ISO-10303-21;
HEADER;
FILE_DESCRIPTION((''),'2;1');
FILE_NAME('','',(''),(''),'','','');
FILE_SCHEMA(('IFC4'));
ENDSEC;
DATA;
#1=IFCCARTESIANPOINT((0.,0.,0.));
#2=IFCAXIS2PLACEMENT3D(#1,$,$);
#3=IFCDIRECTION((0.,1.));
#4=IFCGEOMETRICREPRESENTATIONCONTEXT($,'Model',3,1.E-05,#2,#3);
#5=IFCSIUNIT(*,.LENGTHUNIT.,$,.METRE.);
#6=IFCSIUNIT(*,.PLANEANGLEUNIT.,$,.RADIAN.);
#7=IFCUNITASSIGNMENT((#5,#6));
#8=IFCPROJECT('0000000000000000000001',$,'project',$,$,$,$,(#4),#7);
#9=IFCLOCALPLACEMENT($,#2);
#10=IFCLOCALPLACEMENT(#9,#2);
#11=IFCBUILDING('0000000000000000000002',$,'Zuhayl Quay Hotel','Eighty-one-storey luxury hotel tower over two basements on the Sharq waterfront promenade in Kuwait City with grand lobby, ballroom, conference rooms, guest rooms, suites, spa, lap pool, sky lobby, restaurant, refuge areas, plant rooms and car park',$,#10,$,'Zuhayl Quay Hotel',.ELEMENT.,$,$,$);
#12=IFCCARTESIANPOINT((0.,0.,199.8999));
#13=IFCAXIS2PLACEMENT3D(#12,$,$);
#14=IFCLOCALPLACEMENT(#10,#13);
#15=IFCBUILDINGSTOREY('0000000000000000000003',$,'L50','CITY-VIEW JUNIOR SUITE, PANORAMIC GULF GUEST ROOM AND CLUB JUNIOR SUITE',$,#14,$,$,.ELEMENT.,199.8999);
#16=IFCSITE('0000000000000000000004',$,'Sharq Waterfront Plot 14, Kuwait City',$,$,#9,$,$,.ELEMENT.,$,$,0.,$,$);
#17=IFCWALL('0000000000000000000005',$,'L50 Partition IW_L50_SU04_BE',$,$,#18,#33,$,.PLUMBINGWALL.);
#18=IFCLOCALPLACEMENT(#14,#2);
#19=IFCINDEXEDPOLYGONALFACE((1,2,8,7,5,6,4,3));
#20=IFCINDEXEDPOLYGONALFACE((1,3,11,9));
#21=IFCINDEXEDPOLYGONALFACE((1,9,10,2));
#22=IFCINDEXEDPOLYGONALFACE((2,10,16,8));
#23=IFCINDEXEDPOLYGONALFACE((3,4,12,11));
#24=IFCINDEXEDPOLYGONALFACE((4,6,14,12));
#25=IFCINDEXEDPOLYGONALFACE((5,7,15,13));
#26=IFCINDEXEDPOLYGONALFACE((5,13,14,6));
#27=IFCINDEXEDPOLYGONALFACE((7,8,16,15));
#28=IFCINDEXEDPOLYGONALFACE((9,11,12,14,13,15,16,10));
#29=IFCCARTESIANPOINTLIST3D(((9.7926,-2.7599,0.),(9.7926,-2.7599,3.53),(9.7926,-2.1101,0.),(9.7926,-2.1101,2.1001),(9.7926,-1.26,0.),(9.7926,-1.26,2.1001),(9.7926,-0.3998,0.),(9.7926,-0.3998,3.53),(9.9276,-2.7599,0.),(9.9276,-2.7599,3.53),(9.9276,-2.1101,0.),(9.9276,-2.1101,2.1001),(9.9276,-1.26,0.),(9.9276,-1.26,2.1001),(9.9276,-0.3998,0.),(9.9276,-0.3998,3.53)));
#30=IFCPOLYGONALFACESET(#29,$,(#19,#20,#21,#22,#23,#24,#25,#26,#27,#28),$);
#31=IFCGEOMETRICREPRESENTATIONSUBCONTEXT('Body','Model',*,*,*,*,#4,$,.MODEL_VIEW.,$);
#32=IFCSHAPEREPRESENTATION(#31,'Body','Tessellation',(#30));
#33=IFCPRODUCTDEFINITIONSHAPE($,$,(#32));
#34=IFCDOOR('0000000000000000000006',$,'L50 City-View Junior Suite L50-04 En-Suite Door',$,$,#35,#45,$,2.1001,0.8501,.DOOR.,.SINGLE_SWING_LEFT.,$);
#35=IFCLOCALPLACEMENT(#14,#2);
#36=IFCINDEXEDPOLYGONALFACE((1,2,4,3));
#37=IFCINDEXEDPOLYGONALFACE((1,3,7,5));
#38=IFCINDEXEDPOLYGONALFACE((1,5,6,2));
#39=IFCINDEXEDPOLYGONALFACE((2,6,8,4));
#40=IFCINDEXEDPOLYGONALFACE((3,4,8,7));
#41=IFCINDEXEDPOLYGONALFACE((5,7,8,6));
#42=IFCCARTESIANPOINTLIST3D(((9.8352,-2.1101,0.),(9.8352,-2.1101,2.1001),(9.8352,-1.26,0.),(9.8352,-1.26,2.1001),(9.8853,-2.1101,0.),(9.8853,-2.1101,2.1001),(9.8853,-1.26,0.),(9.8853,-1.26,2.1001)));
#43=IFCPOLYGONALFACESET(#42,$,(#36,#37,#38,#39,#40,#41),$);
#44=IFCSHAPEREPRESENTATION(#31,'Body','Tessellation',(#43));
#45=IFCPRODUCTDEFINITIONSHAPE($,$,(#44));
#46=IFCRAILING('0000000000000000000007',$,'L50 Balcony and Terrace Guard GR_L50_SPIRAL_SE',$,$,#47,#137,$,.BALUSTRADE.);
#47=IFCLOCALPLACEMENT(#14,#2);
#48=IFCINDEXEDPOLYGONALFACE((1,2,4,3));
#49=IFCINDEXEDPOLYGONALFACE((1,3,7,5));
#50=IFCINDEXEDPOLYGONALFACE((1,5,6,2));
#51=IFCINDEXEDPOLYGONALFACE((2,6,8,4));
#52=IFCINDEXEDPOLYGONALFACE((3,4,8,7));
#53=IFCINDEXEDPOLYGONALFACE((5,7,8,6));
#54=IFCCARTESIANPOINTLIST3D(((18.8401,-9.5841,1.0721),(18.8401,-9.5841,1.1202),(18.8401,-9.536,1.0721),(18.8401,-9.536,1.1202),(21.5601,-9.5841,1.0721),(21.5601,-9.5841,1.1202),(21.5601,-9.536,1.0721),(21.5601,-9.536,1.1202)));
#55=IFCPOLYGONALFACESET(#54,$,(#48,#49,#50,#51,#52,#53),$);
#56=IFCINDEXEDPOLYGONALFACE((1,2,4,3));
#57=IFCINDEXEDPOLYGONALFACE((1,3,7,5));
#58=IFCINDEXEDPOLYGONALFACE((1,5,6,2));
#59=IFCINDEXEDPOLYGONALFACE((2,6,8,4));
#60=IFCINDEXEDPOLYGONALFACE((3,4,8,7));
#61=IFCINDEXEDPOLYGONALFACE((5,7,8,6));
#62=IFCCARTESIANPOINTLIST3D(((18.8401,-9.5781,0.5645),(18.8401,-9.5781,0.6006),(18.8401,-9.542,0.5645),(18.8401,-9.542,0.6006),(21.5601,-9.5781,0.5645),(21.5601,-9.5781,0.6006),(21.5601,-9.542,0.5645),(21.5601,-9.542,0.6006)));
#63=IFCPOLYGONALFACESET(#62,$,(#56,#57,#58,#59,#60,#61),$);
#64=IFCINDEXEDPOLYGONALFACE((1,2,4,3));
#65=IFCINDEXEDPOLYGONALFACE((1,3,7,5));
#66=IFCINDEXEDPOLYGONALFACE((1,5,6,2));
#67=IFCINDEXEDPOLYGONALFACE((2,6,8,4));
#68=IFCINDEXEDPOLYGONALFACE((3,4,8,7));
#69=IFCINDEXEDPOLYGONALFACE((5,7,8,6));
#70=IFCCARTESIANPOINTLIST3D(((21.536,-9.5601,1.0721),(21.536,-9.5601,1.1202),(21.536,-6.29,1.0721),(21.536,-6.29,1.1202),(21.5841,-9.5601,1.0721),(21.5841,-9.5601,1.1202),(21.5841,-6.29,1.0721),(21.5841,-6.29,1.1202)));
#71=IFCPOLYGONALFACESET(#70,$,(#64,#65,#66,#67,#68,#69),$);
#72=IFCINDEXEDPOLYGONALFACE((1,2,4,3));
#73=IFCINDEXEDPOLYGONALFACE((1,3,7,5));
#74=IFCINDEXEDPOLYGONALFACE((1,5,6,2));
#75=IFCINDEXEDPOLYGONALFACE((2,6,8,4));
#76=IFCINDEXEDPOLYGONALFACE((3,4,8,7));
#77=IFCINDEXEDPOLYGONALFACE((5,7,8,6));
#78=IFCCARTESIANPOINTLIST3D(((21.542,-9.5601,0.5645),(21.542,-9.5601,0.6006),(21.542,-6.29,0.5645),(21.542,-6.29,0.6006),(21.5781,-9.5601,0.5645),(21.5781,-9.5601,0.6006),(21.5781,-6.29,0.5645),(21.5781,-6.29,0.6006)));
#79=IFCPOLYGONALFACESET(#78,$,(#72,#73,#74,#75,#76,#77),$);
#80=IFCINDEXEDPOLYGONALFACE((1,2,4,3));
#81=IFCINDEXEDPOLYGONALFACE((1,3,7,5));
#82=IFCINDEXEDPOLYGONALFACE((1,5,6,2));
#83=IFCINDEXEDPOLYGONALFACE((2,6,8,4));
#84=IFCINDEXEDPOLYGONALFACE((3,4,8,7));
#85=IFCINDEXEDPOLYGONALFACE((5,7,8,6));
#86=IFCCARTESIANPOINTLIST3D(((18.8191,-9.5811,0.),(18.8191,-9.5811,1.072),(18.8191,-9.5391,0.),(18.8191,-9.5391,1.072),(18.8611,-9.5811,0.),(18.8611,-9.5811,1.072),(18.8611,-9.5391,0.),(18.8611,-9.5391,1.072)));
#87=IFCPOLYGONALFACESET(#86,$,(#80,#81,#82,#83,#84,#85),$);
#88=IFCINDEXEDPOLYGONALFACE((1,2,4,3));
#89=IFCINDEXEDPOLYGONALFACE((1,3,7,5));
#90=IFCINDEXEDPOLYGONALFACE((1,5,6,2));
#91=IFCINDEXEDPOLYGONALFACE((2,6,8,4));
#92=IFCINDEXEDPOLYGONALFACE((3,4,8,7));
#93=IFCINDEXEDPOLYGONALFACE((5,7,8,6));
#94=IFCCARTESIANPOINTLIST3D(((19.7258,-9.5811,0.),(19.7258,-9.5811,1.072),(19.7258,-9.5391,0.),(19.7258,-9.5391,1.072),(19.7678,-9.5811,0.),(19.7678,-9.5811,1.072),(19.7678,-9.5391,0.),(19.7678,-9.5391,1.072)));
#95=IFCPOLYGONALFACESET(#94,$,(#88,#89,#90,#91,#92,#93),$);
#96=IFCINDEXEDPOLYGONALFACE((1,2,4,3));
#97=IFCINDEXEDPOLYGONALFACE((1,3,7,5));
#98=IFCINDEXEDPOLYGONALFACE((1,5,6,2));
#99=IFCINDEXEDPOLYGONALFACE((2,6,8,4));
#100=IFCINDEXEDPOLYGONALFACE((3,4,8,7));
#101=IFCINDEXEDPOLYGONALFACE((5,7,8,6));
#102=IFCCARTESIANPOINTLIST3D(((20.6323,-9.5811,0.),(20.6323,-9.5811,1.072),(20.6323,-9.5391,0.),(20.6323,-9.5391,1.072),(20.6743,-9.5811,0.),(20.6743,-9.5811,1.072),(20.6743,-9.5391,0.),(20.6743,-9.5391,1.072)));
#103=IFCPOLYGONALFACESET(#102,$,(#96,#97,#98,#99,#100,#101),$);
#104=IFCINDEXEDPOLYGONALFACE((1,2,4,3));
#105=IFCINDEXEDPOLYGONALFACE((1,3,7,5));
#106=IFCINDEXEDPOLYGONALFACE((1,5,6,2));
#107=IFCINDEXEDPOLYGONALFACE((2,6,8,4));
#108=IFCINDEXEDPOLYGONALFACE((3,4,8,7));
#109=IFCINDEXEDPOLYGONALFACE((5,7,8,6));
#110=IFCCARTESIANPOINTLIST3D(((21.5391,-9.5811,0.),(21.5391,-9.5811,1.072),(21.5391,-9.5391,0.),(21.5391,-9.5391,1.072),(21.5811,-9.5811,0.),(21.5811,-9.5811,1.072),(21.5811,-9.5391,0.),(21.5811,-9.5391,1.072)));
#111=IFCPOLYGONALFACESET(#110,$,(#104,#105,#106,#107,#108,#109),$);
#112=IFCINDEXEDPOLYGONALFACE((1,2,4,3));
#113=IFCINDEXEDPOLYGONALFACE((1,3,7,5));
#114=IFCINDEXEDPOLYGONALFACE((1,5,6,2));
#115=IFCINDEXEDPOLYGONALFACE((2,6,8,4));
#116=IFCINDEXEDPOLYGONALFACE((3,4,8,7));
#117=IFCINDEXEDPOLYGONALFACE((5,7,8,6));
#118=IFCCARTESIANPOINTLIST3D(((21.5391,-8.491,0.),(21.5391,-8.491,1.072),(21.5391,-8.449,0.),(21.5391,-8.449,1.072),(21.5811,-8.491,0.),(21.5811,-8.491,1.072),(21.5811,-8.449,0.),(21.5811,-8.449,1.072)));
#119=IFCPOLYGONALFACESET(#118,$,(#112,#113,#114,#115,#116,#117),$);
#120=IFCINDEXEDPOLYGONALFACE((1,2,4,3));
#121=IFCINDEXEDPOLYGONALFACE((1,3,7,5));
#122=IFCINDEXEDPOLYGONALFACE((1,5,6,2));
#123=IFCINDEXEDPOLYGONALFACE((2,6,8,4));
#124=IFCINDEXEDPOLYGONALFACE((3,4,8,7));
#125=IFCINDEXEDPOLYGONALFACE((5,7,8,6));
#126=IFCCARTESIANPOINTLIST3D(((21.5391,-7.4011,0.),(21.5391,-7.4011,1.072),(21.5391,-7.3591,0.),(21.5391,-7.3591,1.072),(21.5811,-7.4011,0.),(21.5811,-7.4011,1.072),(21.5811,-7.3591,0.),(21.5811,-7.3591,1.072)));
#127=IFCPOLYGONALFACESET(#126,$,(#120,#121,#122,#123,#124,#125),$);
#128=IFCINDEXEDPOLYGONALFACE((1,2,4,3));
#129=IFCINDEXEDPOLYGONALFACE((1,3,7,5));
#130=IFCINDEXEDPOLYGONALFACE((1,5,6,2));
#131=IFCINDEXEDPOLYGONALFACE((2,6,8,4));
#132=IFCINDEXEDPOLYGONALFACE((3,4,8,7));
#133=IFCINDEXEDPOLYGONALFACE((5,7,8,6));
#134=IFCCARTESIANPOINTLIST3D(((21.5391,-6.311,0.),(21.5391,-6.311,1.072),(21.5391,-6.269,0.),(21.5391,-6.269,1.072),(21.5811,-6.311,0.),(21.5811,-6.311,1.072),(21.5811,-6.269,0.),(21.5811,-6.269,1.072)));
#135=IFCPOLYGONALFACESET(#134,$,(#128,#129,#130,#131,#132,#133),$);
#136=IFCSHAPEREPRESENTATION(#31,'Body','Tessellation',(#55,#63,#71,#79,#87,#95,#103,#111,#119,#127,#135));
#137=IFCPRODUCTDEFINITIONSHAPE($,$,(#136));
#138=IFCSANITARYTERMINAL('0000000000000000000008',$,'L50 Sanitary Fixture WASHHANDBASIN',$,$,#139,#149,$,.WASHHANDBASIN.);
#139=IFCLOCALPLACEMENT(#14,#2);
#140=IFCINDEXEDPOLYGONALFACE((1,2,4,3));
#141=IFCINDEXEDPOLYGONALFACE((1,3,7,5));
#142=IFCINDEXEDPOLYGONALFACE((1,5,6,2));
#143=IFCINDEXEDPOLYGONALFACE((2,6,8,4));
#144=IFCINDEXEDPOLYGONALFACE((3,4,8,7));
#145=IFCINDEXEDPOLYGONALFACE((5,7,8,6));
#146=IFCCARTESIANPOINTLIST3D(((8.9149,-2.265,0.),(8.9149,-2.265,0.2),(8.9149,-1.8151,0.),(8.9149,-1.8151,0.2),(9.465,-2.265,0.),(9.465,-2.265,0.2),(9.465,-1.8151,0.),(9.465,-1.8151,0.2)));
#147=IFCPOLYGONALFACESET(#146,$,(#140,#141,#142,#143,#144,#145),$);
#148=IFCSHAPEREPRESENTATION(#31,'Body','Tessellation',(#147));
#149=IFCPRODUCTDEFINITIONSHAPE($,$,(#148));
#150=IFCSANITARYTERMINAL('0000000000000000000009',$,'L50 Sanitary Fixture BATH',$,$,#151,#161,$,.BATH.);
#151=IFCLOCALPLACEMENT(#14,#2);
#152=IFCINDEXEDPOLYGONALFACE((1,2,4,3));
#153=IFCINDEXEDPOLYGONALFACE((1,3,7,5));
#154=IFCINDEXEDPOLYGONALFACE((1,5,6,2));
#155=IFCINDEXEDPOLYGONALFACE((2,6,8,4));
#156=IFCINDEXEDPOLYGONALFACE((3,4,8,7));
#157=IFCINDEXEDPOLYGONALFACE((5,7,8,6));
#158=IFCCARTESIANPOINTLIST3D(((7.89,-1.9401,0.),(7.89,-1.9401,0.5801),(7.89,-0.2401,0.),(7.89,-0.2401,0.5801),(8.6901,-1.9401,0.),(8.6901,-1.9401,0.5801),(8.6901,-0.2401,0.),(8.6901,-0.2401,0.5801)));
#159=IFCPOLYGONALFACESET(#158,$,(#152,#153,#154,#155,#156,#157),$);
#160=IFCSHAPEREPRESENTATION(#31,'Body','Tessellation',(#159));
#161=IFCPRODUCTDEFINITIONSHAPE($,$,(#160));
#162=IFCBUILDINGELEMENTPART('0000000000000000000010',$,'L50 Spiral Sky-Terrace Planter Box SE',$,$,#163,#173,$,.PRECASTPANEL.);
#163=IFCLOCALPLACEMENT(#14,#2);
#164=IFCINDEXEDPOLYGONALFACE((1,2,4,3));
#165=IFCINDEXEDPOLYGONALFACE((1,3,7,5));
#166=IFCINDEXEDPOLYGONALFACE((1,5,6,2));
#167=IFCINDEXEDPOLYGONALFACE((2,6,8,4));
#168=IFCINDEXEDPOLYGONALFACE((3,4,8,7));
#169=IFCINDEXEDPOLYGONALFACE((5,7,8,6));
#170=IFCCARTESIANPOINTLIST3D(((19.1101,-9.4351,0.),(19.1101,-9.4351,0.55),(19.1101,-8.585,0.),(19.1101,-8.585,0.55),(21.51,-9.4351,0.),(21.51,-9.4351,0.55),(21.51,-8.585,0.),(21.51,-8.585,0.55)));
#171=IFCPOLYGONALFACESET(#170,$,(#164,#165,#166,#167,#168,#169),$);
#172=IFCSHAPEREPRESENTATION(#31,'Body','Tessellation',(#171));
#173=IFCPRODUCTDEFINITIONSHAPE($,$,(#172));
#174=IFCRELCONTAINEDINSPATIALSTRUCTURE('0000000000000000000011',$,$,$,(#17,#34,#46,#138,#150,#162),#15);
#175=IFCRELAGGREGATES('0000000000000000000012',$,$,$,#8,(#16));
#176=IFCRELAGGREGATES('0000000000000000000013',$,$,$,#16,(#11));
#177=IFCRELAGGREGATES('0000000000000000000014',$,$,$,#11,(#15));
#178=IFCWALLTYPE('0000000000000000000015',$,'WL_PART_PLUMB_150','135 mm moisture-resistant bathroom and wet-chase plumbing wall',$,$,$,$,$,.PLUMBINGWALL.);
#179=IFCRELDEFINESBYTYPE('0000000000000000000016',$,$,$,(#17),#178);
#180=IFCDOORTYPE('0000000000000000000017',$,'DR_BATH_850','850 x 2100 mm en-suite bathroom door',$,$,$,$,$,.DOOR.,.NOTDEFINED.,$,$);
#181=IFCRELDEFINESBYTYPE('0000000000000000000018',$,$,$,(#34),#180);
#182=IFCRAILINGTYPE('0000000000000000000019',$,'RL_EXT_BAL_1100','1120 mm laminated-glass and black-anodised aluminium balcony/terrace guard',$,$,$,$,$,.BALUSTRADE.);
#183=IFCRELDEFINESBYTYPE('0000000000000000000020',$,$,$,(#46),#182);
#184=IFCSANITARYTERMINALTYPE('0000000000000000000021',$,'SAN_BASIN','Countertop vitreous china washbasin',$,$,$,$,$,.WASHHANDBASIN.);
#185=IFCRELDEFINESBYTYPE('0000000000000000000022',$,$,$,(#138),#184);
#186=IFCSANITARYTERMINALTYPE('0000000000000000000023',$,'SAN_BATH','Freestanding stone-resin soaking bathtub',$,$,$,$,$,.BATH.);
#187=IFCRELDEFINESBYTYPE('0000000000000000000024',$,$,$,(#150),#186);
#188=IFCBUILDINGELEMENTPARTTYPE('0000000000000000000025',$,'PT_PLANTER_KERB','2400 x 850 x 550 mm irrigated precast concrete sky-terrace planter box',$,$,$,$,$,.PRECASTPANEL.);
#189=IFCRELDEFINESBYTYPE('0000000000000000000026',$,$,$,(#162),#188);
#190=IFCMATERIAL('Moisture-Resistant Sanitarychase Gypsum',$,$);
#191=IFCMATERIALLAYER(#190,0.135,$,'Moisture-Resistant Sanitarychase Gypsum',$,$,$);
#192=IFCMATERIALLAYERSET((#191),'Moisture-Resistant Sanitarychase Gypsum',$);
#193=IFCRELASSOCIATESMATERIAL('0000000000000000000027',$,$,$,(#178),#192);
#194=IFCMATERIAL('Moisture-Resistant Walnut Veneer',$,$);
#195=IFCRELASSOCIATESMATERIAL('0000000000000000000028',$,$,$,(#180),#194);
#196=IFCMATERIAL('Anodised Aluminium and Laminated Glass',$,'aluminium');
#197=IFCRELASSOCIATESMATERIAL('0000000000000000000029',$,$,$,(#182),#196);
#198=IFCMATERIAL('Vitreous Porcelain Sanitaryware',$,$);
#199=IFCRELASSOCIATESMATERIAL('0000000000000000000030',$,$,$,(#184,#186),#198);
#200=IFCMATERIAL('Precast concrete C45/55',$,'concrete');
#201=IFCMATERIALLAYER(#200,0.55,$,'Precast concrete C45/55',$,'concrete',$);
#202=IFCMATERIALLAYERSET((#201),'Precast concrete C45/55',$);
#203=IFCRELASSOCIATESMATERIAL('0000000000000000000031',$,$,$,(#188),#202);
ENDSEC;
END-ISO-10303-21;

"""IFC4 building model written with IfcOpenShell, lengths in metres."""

from ifc_helpers import new_model, si_unit, direction, frame, frame_2d, origin, origin_2d, place, context, subcontext, project, spatial, rectangle, extrude, material, layer, layer_set, type_object, element, fill, save


model = new_model("IFC4")

# Units and contexts
model_context = context("Model", 3, precision=1e-05, world=origin(), true_north=direction((0.0, 1.0)))
body_context = subcontext(model_context, "Body", "Model", "MODEL_VIEW")
ifc_project = project(units=[si_unit("LENGTHUNIT", "METRE"), si_unit("PLANEANGLEUNIT", "RADIAN")], contexts=[model_context])

# Site, building, storey
site_placement = place(None, origin())
site = spatial("IfcSite", under=ifc_project, at=site_placement, Name="Sharq Waterfront Plot 14, Kuwait City", CompositionType="ELEMENT", RefElevation=0.0)
building_placement = place(site_placement, origin())
building = spatial("IfcBuilding", under=site, at=building_placement, Name="Zuhayl Quay Hotel", Description="Eighty-one-storey luxury hotel tower over two basements on the Sharq waterfront promenade in Kuwait City with grand lobby, ballroom, conference rooms, guest rooms, suites, spa, lap pool, sky lobby, restaurant, refuge areas, plant rooms and car park", LongName="Zuhayl Quay Hotel", CompositionType="ELEMENT")
storey_placement = place(building_placement, frame((0.0, 0.0, 199.8999)))
storey = spatial("IfcBuildingStorey", under=building, at=storey_placement, Name="L50", Description="CITY-VIEW JUNIOR SUITE, PANORAMIC GULF GUEST ROOM AND CLUB JUNIOR SUITE", CompositionType="ELEMENT", Elevation=199.8999)

# Shared definitions
ifc_material_1 = material(Name="Precast concrete C45/55", Category="concrete")

# Wall, opening, door
ifc_material_2 = material(Name="Moisture-Resistant Sanitarychase Gypsum")
ifc_layer_1 = layer(ifc_material_2, 0.135, Name="Moisture-Resistant Sanitarychase Gypsum")
ifc_layer_set_1 = layer_set([ifc_layer_1], Name="Moisture-Resistant Sanitarychase Gypsum")
wall_type_1 = type_object("IfcWallType", Name="WL_PART_PLUMB_150", Description="135 mm moisture-resistant bathroom and wet-chase plumbing wall", PredefinedType="PLUMBINGWALL", material=ifc_layer_set_1)
wall_1_placement = place(storey_placement, frame((9.8601, -2.76, 0.0), z_axis=(0.0, 0.0, 1.0), x_axis=(0.0, 1.0, 0.0)))
wall_1 = element("IfcWall", 1, at=wall_1_placement, inside=storey, type_object=wall_type_1, Name="L50 Partition IW_L50_SU04_BE", PredefinedType="PLUMBINGWALL", context=body_context, shape_type="SweptSolid", body=[
    extrude(rectangle(XDim=2.3601, YDim=0.135, at=frame_2d((1.1802, 0.0))), origin(), (0.0, 0.0, 1.0), 3.53),
])
opening_1_placement = place(wall_1_placement, frame((0.6499, 0.0, 0.0)))
opening_1 = element("IfcOpeningElement", 2, at=opening_1_placement, cuts=wall_1, PredefinedType="OPENING", context=body_context, shape_type="SweptSolid", body=[
    extrude(rectangle(XDim=0.8501, YDim=2.1001, at=frame_2d((0.425, 1.05))), frame((0.0, 0.0774, 0.0), z_axis=(0.0, -1.0, 0.0), x_axis=(1.0, 0.0, 0.0)), (0.0, 0.0, 1.0), 0.155),
])
ifc_material_3 = material(Name="Moisture-Resistant Walnut Veneer")
door_type_1 = type_object("IfcDoorType", Name="DR_BATH_850", Description="850 x 2100 mm en-suite bathroom door", OperationType="NOTDEFINED", PredefinedType="DOOR", material=ifc_material_3)
door_1_placement = place(opening_1_placement, origin())
door_1 = element("IfcDoor", 3, at=door_1_placement, inside=storey, type_object=door_type_1, Name="L50 City-View Junior Suite L50-04 En-Suite Door", OperationType="SINGLE_SWING_LEFT", OverallHeight=2.1001, OverallWidth=0.8501, PredefinedType="DOOR", context=body_context, shape_type="SweptSolid", body=[
    extrude(rectangle(XDim=0.8501, YDim=2.1001, at=frame_2d((0.425, 1.05))), frame((0.0, 0.0249, 0.0), z_axis=(0.0, -1.0, 0.0), x_axis=(1.0, 0.0, 0.0)), (0.0, 0.0, 1.0), 0.05),
])
fill(opening_1, door_1)

# Railing
ifc_material_4 = material(Name="Anodised Aluminium and Laminated Glass", Category="aluminium")
railing_type = type_object("IfcRailingType", Name="RL_EXT_BAL_1100", Description="1120 mm laminated-glass and black-anodised aluminium balcony/terrace guard", PredefinedType="BALUSTRADE", material=ifc_material_4)
railing_placement = place(storey_placement, frame((18.8401, -9.5601, 0.0)))
element("IfcRailing", 4, at=railing_placement, inside=storey, type_object=railing_type, Name="L50 Balcony and Terrace Guard GR_L50_SPIRAL_SE", PredefinedType="BALUSTRADE", context=body_context, shape_type="SweptSolid", body=[
    extrude(rectangle(XDim=0.0481, YDim=0.0481, at=origin_2d()), frame((0.0, 0.0, 1.0962), z_axis=(1.0, 0.0, 0.0), x_axis=(0.0, 1.0, 0.0)), (0.0, 0.0, 1.0), 2.72),
    extrude(rectangle(XDim=0.0361, YDim=0.0361, at=origin_2d()), frame((0.0, 0.0, 0.5825), z_axis=(1.0, 0.0, 0.0), x_axis=(0.0, 1.0, 0.0)), (0.0, 0.0, 1.0), 2.72),
    extrude(rectangle(XDim=0.0481, YDim=0.0481, at=origin_2d()), frame((2.72, 0.0, 1.0962), z_axis=(0.0, 1.0, 0.0), x_axis=(-1.0, 0.0, 0.0)), (0.0, 0.0, 1.0), 3.27),
    extrude(rectangle(XDim=0.0361, YDim=0.0361, at=origin_2d()), frame((2.72, 0.0, 0.5825), z_axis=(0.0, 1.0, 0.0), x_axis=(-1.0, 0.0, 0.0)), (0.0, 0.0, 1.0), 3.27),
    extrude(rectangle(XDim=0.042, YDim=0.042, at=origin_2d()), origin(), (0.0, 0.0, 1.0), 1.072),
    extrude(rectangle(XDim=0.042, YDim=0.042, at=origin_2d()), frame((0.9067, 0.0, 0.0)), (0.0, 0.0, 1.0), 1.072),
    extrude(rectangle(XDim=0.042, YDim=0.042, at=origin_2d()), frame((1.8132, 0.0, 0.0)), (0.0, 0.0, 1.0), 1.072),
    extrude(rectangle(XDim=0.042, YDim=0.042, at=origin_2d()), frame((2.72, 0.0, 0.0)), (0.0, 0.0, 1.0), 1.072),
    extrude(rectangle(XDim=0.042, YDim=0.042, at=origin_2d()), frame((2.72, 1.0901, 0.0)), (0.0, 0.0, 1.0), 1.072),
    extrude(rectangle(XDim=0.042, YDim=0.042, at=origin_2d()), frame((2.72, 2.1799, 0.0)), (0.0, 0.0, 1.0), 1.072),
    extrude(rectangle(XDim=0.042, YDim=0.042, at=origin_2d()), frame((2.72, 3.27, 0.0)), (0.0, 0.0, 1.0), 1.072),
])

# Sanitary terminals
ifc_material_5 = material(Name="Vitreous Porcelain Sanitaryware")
sanitary_terminal_type_1 = type_object("IfcSanitaryTerminalType", Name="SAN_BASIN", Description="Countertop vitreous china washbasin", PredefinedType="WASHHANDBASIN", material=ifc_material_5)
sanitary_terminal_1_placement = place(storey_placement, frame((9.1899, -2.04, 0.0), z_axis=(0.0, 0.0, 1.0), x_axis=(1.0, 0.0, 0.0)))
element("IfcSanitaryTerminal", 5, at=sanitary_terminal_1_placement, inside=storey, type_object=sanitary_terminal_type_1, Name="L50 Sanitary Fixture WASHHANDBASIN", PredefinedType="WASHHANDBASIN", context=body_context, shape_type="SweptSolid", body=[
    extrude(rectangle(XDim=0.55, YDim=0.45, at=origin_2d()), origin(), (0.0, 0.0, 1.0), 0.2),
])
sanitary_terminal_type_2 = type_object("IfcSanitaryTerminalType", Name="SAN_BATH", Description="Freestanding stone-resin soaking bathtub", PredefinedType="BATH", material=ifc_material_5)
sanitary_terminal_2_placement = place(storey_placement, frame((8.29, -1.0901, 0.0), z_axis=(0.0, 0.0, 1.0), x_axis=(1.0, 0.0, 0.0)))
element("IfcSanitaryTerminal", 6, at=sanitary_terminal_2_placement, inside=storey, type_object=sanitary_terminal_type_2, Name="L50 Sanitary Fixture BATH", PredefinedType="BATH", context=body_context, shape_type="SweptSolid", body=[
    extrude(rectangle(XDim=0.8, YDim=1.7, at=origin_2d()), origin(), (0.0, 0.0, 1.0), 0.5801),
])

# Building element part
ifc_layer_2 = layer(ifc_material_1, 0.55, Name="Precast concrete C45/55", Category="concrete")
ifc_layer_set_2 = layer_set([ifc_layer_2], Name="Precast concrete C45/55")
building_element_part_type = type_object("IfcBuildingElementPartType", Name="PT_PLANTER_KERB", Description="2400 x 850 x 550 mm irrigated precast concrete sky-terrace planter box", PredefinedType="PRECASTPANEL", material=ifc_layer_set_2)
building_element_part_placement = place(storey_placement, frame((20.3101, -9.01, 0.0), z_axis=(0.0, 0.0, 1.0), x_axis=(1.0, 0.0, 0.0)))
element("IfcBuildingElementPart", 7, at=building_element_part_placement, inside=storey, type_object=building_element_part_type, Name="L50 Spiral Sky-Terrace Planter Box SE", PredefinedType="PRECASTPANEL", context=body_context, shape_type="SweptSolid", body=[
    extrude(rectangle(XDim=2.3999, YDim=0.8501, at=origin_2d()), origin(), (0.0, 0.0, 1.0), 0.55),
])

save(model, "model.ifc")
